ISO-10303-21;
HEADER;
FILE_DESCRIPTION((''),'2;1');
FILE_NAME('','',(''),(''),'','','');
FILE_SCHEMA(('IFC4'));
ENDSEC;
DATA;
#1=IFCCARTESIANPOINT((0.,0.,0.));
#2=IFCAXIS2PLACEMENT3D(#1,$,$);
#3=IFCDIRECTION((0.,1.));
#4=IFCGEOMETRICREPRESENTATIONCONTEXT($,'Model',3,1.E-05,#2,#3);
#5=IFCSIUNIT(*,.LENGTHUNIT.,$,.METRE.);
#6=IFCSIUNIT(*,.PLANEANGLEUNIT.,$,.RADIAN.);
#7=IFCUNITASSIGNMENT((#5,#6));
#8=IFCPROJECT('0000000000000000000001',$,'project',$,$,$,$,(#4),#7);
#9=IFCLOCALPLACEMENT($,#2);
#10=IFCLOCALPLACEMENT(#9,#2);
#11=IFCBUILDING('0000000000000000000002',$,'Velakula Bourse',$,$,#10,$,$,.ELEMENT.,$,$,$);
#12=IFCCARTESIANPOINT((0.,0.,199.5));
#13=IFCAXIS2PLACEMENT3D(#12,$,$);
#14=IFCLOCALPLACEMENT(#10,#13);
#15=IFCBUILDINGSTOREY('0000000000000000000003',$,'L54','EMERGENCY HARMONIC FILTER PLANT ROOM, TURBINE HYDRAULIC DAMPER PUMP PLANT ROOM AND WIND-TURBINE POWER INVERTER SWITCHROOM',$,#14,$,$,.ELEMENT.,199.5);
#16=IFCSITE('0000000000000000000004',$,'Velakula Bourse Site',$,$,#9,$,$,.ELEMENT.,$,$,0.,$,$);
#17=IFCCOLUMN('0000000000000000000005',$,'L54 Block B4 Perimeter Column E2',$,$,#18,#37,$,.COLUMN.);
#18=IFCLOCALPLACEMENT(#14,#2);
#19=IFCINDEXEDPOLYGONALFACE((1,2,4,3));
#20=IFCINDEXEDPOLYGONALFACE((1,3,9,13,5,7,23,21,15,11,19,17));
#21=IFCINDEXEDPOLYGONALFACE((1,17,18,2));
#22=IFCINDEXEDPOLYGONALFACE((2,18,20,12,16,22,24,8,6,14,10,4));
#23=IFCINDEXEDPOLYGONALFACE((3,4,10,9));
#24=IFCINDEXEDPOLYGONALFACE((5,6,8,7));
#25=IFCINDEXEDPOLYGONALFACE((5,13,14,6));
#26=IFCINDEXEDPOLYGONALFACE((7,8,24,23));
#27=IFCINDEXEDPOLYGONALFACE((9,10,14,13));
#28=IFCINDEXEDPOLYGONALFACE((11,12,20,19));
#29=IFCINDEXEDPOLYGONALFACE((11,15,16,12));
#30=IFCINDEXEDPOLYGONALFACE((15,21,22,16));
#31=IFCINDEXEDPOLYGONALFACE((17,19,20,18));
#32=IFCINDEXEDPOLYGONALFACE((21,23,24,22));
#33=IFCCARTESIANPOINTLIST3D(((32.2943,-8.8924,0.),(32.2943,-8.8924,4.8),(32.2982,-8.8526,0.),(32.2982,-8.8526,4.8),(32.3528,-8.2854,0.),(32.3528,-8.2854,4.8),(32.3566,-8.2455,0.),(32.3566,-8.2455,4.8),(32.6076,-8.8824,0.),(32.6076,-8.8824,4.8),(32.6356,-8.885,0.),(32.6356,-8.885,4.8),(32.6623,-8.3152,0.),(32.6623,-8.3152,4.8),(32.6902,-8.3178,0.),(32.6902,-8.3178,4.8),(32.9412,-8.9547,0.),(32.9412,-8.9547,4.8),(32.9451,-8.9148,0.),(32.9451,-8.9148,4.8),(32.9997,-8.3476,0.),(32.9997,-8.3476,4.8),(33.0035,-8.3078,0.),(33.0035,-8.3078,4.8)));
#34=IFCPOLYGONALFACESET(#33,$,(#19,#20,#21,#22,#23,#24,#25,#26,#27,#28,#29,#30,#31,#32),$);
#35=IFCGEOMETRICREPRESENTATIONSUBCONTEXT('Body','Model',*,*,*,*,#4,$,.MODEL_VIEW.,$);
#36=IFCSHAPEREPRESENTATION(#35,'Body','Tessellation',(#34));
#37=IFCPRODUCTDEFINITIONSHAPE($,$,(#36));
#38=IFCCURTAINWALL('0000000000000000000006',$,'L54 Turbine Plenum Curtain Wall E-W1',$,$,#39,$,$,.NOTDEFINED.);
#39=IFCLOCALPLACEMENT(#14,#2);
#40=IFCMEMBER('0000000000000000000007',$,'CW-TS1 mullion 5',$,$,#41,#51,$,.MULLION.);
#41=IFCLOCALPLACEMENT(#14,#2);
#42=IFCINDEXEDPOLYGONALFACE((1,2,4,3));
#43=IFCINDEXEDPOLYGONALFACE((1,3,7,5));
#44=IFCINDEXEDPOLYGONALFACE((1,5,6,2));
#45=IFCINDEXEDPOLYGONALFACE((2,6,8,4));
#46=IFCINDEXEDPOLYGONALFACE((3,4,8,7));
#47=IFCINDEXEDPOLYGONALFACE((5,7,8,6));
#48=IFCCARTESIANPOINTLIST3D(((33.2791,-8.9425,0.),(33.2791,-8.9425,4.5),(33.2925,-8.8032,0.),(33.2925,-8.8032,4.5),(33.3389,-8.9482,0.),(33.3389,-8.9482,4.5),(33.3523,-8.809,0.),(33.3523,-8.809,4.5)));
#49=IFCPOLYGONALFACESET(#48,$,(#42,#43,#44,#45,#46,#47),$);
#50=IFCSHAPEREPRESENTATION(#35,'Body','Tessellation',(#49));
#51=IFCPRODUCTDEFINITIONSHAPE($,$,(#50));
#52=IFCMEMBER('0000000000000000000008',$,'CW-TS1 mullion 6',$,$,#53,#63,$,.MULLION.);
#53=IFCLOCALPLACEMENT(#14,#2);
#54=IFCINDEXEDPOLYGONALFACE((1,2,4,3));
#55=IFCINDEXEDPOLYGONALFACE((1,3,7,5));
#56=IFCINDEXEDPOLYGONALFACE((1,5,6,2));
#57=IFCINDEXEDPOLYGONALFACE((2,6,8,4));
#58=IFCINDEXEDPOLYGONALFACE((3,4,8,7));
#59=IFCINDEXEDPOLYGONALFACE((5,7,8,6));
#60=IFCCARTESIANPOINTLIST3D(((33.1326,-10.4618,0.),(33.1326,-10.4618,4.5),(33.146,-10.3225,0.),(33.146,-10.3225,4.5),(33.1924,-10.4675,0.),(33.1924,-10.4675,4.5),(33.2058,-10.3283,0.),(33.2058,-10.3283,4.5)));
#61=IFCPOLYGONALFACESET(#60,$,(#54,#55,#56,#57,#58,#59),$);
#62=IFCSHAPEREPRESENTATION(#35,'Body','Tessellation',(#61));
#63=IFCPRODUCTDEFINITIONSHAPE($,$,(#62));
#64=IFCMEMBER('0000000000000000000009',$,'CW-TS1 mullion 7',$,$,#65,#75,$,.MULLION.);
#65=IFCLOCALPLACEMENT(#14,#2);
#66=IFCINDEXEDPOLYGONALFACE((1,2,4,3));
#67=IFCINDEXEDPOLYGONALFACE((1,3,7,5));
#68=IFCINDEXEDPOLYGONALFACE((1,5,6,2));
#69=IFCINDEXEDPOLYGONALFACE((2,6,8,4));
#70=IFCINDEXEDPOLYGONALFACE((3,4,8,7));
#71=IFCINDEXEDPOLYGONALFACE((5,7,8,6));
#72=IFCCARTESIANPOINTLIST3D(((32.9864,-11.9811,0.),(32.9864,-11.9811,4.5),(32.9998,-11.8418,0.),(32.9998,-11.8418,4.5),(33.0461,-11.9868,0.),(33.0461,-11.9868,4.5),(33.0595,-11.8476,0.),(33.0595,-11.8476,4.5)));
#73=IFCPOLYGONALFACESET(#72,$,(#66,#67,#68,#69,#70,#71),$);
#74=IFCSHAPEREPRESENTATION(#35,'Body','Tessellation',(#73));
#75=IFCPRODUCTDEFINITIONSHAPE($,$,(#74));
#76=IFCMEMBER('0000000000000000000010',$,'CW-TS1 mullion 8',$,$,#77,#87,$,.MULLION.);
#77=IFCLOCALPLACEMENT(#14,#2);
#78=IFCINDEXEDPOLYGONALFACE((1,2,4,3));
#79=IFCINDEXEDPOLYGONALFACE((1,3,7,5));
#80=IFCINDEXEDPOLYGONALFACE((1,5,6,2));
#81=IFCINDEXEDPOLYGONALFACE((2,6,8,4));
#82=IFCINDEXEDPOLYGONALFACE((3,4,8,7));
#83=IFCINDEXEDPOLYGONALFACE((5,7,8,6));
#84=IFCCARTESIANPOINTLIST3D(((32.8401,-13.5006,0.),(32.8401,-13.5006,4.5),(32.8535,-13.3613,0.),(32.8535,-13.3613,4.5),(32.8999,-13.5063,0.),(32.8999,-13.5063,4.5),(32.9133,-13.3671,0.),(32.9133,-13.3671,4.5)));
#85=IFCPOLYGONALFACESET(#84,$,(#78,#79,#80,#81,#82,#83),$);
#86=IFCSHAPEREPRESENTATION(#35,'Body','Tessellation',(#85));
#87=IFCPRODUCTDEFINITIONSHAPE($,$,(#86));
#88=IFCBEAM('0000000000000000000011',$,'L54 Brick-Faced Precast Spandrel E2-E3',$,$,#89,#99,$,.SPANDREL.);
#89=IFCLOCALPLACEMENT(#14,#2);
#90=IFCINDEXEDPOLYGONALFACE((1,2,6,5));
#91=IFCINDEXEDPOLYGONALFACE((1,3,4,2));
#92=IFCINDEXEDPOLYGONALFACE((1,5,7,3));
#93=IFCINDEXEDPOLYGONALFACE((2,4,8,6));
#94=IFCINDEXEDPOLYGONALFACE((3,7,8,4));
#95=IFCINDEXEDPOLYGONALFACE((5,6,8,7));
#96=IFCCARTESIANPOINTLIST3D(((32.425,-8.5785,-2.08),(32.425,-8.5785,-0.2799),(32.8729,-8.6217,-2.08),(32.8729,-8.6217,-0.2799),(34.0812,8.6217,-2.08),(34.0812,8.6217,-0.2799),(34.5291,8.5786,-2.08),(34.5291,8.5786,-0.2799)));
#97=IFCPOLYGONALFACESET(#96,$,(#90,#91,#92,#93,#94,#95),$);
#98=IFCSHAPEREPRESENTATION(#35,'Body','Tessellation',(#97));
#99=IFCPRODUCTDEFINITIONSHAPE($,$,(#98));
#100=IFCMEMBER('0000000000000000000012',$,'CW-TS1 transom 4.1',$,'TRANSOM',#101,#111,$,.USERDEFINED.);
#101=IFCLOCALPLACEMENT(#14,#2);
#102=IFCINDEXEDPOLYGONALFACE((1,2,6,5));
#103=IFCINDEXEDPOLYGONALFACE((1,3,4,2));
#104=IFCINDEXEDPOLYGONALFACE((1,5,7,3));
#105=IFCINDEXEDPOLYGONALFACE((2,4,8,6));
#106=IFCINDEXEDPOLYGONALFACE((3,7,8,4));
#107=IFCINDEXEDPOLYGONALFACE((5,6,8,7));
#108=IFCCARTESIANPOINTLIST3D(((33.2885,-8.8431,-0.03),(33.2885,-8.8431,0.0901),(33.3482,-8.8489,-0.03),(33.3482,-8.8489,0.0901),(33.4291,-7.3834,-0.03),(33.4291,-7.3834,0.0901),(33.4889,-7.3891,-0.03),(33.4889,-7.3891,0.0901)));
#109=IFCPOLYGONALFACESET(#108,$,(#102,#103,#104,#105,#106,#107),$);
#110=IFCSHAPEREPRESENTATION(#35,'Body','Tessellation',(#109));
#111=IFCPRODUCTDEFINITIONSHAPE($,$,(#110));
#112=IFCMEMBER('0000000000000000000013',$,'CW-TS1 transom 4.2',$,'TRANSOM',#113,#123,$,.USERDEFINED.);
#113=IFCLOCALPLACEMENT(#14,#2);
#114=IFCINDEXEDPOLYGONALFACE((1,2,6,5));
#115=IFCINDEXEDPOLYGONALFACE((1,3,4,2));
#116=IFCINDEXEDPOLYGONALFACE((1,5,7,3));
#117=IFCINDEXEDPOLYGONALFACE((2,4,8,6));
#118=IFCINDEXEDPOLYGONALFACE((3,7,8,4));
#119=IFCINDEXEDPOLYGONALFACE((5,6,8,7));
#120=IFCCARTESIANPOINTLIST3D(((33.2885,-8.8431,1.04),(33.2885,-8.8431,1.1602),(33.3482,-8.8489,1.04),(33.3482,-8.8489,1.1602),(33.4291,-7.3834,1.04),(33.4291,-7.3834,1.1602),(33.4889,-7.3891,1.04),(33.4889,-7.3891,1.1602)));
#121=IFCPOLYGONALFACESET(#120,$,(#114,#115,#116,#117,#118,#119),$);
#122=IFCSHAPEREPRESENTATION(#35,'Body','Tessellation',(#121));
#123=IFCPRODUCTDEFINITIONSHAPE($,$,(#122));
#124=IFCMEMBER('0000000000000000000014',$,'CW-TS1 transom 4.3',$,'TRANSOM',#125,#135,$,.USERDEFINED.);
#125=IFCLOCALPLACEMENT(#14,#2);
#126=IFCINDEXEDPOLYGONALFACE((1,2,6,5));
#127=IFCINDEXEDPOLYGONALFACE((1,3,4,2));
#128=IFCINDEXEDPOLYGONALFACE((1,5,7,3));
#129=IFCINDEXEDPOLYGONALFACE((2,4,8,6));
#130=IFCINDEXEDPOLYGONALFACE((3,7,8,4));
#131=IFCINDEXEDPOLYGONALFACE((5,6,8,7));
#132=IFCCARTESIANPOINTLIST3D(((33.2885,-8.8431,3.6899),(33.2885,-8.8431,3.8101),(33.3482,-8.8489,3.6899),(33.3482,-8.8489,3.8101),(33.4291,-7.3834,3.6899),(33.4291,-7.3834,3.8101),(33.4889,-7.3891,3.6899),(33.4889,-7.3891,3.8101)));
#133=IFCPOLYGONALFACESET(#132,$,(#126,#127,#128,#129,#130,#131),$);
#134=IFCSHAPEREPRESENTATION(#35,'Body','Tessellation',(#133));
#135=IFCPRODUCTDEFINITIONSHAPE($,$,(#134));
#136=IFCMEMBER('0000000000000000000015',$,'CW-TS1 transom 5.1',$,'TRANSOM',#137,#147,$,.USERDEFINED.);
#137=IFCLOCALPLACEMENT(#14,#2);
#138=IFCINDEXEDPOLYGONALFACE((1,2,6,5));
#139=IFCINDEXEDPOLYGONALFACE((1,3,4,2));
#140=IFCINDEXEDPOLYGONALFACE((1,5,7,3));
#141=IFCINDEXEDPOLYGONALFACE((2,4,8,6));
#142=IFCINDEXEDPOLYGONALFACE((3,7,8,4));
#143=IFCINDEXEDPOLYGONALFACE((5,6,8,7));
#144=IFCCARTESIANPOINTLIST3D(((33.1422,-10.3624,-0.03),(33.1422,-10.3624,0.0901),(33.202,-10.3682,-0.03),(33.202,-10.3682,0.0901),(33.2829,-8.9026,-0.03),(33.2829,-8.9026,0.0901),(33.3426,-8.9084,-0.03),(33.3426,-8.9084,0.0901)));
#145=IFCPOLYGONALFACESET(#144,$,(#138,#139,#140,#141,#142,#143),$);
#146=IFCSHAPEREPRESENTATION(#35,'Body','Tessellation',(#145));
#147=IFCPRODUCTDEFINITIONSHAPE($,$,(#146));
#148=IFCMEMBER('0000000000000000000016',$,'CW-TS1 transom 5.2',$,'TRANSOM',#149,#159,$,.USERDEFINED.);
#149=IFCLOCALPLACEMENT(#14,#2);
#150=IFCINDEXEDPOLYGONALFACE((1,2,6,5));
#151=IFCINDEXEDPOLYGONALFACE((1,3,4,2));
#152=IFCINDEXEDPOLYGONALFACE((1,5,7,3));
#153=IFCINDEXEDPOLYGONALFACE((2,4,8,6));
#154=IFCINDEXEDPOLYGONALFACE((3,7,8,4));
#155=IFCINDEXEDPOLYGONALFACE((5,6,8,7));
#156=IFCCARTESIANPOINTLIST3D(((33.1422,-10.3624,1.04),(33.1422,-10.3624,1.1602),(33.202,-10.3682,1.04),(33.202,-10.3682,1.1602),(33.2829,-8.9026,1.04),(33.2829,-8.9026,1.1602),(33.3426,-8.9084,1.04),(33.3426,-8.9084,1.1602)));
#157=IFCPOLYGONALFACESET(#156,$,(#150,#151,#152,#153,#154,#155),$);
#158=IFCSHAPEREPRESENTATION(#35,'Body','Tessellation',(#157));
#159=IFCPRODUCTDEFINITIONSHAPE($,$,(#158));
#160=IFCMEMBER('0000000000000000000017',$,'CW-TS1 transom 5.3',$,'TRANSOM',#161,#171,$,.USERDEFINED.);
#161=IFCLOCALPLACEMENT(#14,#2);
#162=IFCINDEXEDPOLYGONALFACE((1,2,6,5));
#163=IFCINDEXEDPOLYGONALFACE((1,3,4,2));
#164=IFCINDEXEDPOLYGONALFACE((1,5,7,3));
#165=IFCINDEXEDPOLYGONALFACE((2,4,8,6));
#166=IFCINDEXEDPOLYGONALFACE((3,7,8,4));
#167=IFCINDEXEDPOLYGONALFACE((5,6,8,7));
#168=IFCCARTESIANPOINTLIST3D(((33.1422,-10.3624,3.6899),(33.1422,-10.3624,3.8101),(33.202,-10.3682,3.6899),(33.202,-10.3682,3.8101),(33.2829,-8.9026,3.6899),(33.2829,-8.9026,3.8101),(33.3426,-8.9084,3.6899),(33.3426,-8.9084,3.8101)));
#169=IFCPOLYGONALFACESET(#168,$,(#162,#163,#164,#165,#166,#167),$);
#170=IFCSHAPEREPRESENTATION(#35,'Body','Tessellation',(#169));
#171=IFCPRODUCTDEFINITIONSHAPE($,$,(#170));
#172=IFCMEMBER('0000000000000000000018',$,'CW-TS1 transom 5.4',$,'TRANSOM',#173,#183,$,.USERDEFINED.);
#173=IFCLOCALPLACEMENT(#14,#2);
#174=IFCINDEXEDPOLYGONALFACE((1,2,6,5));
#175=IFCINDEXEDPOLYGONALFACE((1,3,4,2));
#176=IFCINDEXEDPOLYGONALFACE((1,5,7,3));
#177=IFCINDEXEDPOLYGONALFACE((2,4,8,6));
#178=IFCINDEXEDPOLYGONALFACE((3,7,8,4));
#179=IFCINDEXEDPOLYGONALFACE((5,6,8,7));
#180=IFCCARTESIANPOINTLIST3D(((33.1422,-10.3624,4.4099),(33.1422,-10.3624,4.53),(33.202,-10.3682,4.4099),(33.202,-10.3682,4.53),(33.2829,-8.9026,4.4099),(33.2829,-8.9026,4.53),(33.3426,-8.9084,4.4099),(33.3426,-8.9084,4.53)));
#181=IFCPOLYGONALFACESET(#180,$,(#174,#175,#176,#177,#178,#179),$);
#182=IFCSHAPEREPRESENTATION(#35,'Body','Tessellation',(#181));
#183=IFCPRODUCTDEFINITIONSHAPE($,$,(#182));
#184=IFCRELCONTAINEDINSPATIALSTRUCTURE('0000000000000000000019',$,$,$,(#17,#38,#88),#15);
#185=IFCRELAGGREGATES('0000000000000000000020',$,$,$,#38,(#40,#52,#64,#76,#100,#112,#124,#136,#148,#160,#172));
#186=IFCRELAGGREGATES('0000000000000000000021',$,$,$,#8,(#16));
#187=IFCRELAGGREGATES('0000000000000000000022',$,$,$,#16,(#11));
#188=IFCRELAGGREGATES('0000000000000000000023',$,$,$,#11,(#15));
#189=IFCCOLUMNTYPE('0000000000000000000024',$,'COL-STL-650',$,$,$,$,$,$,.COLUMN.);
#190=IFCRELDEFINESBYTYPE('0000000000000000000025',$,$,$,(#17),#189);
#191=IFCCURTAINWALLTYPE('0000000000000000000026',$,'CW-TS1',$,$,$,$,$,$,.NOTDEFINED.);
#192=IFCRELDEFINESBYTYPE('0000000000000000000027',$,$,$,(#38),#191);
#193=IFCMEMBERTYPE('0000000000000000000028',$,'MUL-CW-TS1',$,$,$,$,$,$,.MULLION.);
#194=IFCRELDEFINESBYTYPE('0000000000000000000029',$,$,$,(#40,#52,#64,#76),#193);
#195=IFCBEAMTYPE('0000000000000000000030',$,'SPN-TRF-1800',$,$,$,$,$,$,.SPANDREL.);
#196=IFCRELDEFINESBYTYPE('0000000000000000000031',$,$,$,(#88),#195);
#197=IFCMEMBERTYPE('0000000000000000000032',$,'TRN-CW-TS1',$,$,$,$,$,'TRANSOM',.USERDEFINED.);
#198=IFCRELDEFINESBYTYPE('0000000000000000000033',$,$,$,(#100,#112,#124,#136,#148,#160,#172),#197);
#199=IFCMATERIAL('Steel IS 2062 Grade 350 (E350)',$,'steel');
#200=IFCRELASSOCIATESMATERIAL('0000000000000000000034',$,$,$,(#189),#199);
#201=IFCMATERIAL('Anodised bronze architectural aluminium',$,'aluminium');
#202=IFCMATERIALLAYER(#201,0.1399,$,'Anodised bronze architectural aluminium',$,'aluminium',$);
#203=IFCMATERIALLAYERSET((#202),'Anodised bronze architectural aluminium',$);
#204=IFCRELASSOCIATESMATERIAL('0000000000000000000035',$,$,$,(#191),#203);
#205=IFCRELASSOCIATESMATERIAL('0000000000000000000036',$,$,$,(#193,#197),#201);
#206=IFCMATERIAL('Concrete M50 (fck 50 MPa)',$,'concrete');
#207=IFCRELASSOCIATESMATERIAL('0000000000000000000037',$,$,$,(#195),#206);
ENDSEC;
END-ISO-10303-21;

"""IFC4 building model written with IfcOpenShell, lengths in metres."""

from ifc_helpers import new_model, si_unit, direction, frame, origin, origin_2d, place, context, subcontext, project, spatial, rectangle, i_section, extrude, material, layer, layer_set, material_profile, profile_set, type_object, element, aggregate, save


model = new_model("IFC4")

# Units and contexts
model_context = context("Model", 3, precision=1e-05, world=origin(), true_north=direction((0.0, 1.0)))
body_context = subcontext(model_context, "Body", "Model", "MODEL_VIEW")
ifc_project = project(units=[si_unit("LENGTHUNIT", "METRE"), si_unit("PLANEANGLEUNIT", "RADIAN")], contexts=[model_context])

# Site, building, storey
site_placement = place(None, origin())
site = spatial("IfcSite", under=ifc_project, at=site_placement, Name="Velakula Bourse Site", CompositionType="ELEMENT", RefElevation=0.0)
building_placement = place(site_placement, origin())
building = spatial("IfcBuilding", under=site, at=building_placement, Name="Velakula Bourse", CompositionType="ELEMENT")
storey_placement = place(building_placement, frame((0.0, 0.0, 199.5)))
storey = spatial("IfcBuildingStorey", under=building, at=storey_placement, Name="L54", Description="EMERGENCY HARMONIC FILTER PLANT ROOM, TURBINE HYDRAULIC DAMPER PUMP PLANT ROOM AND WIND-TURBINE POWER INVERTER SWITCHROOM", CompositionType="ELEMENT", Elevation=199.5)

# Column
ifc_material_1 = material(Name="Steel IS 2062 Grade 350 (E350)", Category="steel")
ifc_material_profile_1 = material_profile(ifc_material_1, i_section(OverallWidth=0.6499, OverallDepth=0.6499, WebThickness=0.0281, FlangeThickness=0.04, at=origin_2d()), Name="Steel IS 2062 Grade 350 (E350)")
ifc_profile_set_1 = profile_set([ifc_material_profile_1], Name="Steel IS 2062 Grade 350 (E350)")
column_type = type_object("IfcColumnType", Name="COL-STL-650", PredefinedType="COLUMN", material=ifc_profile_set_1)
column_placement = place(storey_placement, frame((32.6489, -8.6001, 0.0), z_axis=(0.0, 0.0, 1.0), x_axis=(0.995396, -0.095846, 0.0)))
element("IfcColumn", 1, at=column_placement, inside=storey, type_object=column_type, Name="L54 Block B4 Perimeter Column E2", PredefinedType="COLUMN", context=body_context, shape_type="SweptSolid", body=[
    extrude(i_section(OverallWidth=0.6499, OverallDepth=0.6499, WebThickness=0.0281, FlangeThickness=0.04, at=origin_2d()), origin(), (0.0, 0.0, 1.0), 4.8),
])

# Curtain wall, members
ifc_material_2 = material(Name="Anodised bronze architectural aluminium", Category="aluminium")
ifc_layer_1 = layer(ifc_material_2, 0.1399, Name="Anodised bronze architectural aluminium", Category="aluminium")
ifc_layer_set_1 = layer_set([ifc_layer_1], Name="Anodised bronze architectural aluminium")
curtain_wall_type = type_object("IfcCurtainWallType", Name="CW-TS1", PredefinedType="NOTDEFINED", material=ifc_layer_set_1)
curtain_wall_placement = place(storey_placement, origin())
curtain_wall = element("IfcCurtainWall", 2, at=curtain_wall_placement, inside=storey, type_object=curtain_wall_type, Name="L54 Turbine Plenum Curtain Wall E-W1", PredefinedType="NOTDEFINED")
ifc_material_profile_2 = material_profile(ifc_material_2, rectangle(XDim=0.0601, YDim=0.1399, at=origin_2d()), Name="Anodised bronze architectural aluminium")
ifc_profile_set_2 = profile_set([ifc_material_profile_2], Name="Anodised bronze architectural aluminium")
member_type_1 = type_object("IfcMemberType", Name="MUL-CW-TS1", PredefinedType="MULLION", material=ifc_profile_set_2)
member_1_placement = place(storey_placement, frame((33.3157, -8.8757, 0.0), z_axis=(0.0, 0.0, 1.0), x_axis=(0.995396, -0.095849, 0.0)))
member_1 = element("IfcMember", 3, at=member_1_placement, type_object=member_type_1, Name="CW-TS1 mullion 5", PredefinedType="MULLION", context=body_context, shape_type="SweptSolid", body=[
    extrude(rectangle(XDim=0.0601, YDim=0.1399, at=origin_2d()), origin(), (0.0, 0.0, 1.0), 4.5),
])
member_2_placement = place(storey_placement, frame((33.1692, -10.395, 0.0), z_axis=(0.0, 0.0, 1.0), x_axis=(0.995396, -0.095849, 0.0)))
member_2 = element("IfcMember", 4, at=member_2_placement, type_object=member_type_1, Name="CW-TS1 mullion 6", PredefinedType="MULLION", context=body_context, shape_type="SweptSolid", body=[
    extrude(rectangle(XDim=0.0601, YDim=0.1399, at=origin_2d()), origin(), (0.0, 0.0, 1.0), 4.5),
])
member_3_placement = place(storey_placement, frame((33.0229, -11.9143, 0.0), z_axis=(0.0, 0.0, 1.0), x_axis=(0.995396, -0.095849, 0.0)))
member_3 = element("IfcMember", 5, at=member_3_placement, type_object=member_type_1, Name="CW-TS1 mullion 7", PredefinedType="MULLION", context=body_context, shape_type="SweptSolid", body=[
    extrude(rectangle(XDim=0.0601, YDim=0.1399, at=origin_2d()), origin(), (0.0, 0.0, 1.0), 4.5),
])
member_4_placement = place(storey_placement, frame((32.8767, -13.4338, 0.0), z_axis=(0.0, 0.0, 1.0), x_axis=(0.995396, -0.095849, 0.0)))
member_4 = element("IfcMember", 6, at=member_4_placement, type_object=member_type_1, Name="CW-TS1 mullion 8", PredefinedType="MULLION", context=body_context, shape_type="SweptSolid", body=[
    extrude(rectangle(XDim=0.0601, YDim=0.1399, at=origin_2d()), origin(), (0.0, 0.0, 1.0), 4.5),
])

# Beam
ifc_material_3 = material(Name="Concrete M50 (fck 50 MPa)", Category="concrete")
ifc_material_profile_3 = material_profile(ifc_material_3, rectangle(XDim=0.45, YDim=1.8, at=origin_2d()), Name="Concrete M50 (fck 50 MPa)")
ifc_profile_set_3 = profile_set([ifc_material_profile_3], Name="Concrete M50 (fck 50 MPa)")
beam_type = type_object("IfcBeamType", Name="SPN-TRF-1800", PredefinedType="SPANDREL", material=ifc_profile_set_3)
beam_placement = place(storey_placement, frame((32.6489, -8.6001, -1.1799), z_axis=(0.095849, 0.995396, 0.0), x_axis=(-0.995396, 0.095849, 0.0)))
element("IfcBeam", 7, at=beam_placement, inside=storey, type_object=beam_type, Name="L54 Brick-Faced Precast Spandrel E2-E3", PredefinedType="SPANDREL", context=body_context, shape_type="SweptSolid", body=[
    extrude(rectangle(XDim=0.45, YDim=1.8, at=origin_2d()), origin(), (0.0, 0.0, 1.0), 17.2798),
])

# Members
ifc_material_profile_4 = material_profile(ifc_material_2, rectangle(XDim=0.0601, YDim=0.1201, at=origin_2d()), Name="Anodised bronze architectural aluminium")
ifc_profile_set_4 = profile_set([ifc_material_profile_4], Name="Anodised bronze architectural aluminium")
member_type_2 = type_object("IfcMemberType", Name="TRN-CW-TS1", ElementType="TRANSOM", PredefinedType="USERDEFINED", material=ifc_profile_set_4)
member_5_placement = place(storey_placement, frame((33.459, -7.3862, 0.03), z_axis=(-0.095893, -0.995392, 0.0), x_axis=(0.995392, -0.095893, 0.0)))
member_5 = element("IfcMember", 8, at=member_5_placement, type_object=member_type_2, Name="CW-TS1 transom 4.1", ObjectType="TRANSOM", PredefinedType="USERDEFINED", context=body_context, shape_type="SweptSolid", body=[
    extrude(rectangle(XDim=0.0601, YDim=0.1201, at=origin_2d()), origin(), (0.0, 0.0, 1.0), 1.4666),
])
member_6_placement = place(storey_placement, frame((33.459, -7.3862, 1.1001), z_axis=(-0.095893, -0.995392, 0.0), x_axis=(0.995392, -0.095893, 0.0)))
member_6 = element("IfcMember", 9, at=member_6_placement, type_object=member_type_2, Name="CW-TS1 transom 4.2", ObjectType="TRANSOM", PredefinedType="USERDEFINED", context=body_context, shape_type="SweptSolid", body=[
    extrude(rectangle(XDim=0.0601, YDim=0.1201, at=origin_2d()), origin(), (0.0, 0.0, 1.0), 1.4666),
])
member_7_placement = place(storey_placement, frame((33.459, -7.3862, 3.75), z_axis=(-0.095893, -0.995392, 0.0), x_axis=(0.995392, -0.095893, 0.0)))
member_7 = element("IfcMember", 10, at=member_7_placement, type_object=member_type_2, Name="CW-TS1 transom 4.3", ObjectType="TRANSOM", PredefinedType="USERDEFINED", context=body_context, shape_type="SweptSolid", body=[
    extrude(rectangle(XDim=0.0601, YDim=0.1201, at=origin_2d()), origin(), (0.0, 0.0, 1.0), 1.4666),
])
member_8_placement = place(storey_placement, frame((33.3127, -8.9055, 0.03), z_axis=(-0.095893, -0.995392, 0.0), x_axis=(0.995392, -0.095893, 0.0)))
member_8 = element("IfcMember", 11, at=member_8_placement, type_object=member_type_2, Name="CW-TS1 transom 5.1", ObjectType="TRANSOM", PredefinedType="USERDEFINED", context=body_context, shape_type="SweptSolid", body=[
    extrude(rectangle(XDim=0.0601, YDim=0.1201, at=origin_2d()), origin(), (0.0, 0.0, 1.0), 1.4666),
])
member_9_placement = place(storey_placement, frame((33.3127, -8.9055, 1.1001), z_axis=(-0.095893, -0.995392, 0.0), x_axis=(0.995392, -0.095893, 0.0)))
member_9 = element("IfcMember", 12, at=member_9_placement, type_object=member_type_2, Name="CW-TS1 transom 5.2", ObjectType="TRANSOM", PredefinedType="USERDEFINED", context=body_context, shape_type="SweptSolid", body=[
    extrude(rectangle(XDim=0.0601, YDim=0.1201, at=origin_2d()), origin(), (0.0, 0.0, 1.0), 1.4666),
])
member_10_placement = place(storey_placement, frame((33.3127, -8.9055, 3.75), z_axis=(-0.095893, -0.995392, 0.0), x_axis=(0.995392, -0.095893, 0.0)))
member_10 = element("IfcMember", 13, at=member_10_placement, type_object=member_type_2, Name="CW-TS1 transom 5.3", ObjectType="TRANSOM", PredefinedType="USERDEFINED", context=body_context, shape_type="SweptSolid", body=[
    extrude(rectangle(XDim=0.0601, YDim=0.1201, at=origin_2d()), origin(), (0.0, 0.0, 1.0), 1.4666),
])
member_11_placement = place(storey_placement, frame((33.3127, -8.9055, 4.47), z_axis=(-0.095893, -0.995392, 0.0), x_axis=(0.995392, -0.095893, 0.0)))
member_11 = element("IfcMember", 14, at=member_11_placement, type_object=member_type_2, Name="CW-TS1 transom 5.4", ObjectType="TRANSOM", PredefinedType="USERDEFINED", context=body_context, shape_type="SweptSolid", body=[
    extrude(rectangle(XDim=0.0601, YDim=0.1201, at=origin_2d()), origin(), (0.0, 0.0, 1.0), 1.4666),
])

aggregate(curtain_wall, [member_1, member_2, member_3, member_4, member_5, member_6, member_7, member_8, member_9, member_10, member_11])

save(model, "model.ifc")
